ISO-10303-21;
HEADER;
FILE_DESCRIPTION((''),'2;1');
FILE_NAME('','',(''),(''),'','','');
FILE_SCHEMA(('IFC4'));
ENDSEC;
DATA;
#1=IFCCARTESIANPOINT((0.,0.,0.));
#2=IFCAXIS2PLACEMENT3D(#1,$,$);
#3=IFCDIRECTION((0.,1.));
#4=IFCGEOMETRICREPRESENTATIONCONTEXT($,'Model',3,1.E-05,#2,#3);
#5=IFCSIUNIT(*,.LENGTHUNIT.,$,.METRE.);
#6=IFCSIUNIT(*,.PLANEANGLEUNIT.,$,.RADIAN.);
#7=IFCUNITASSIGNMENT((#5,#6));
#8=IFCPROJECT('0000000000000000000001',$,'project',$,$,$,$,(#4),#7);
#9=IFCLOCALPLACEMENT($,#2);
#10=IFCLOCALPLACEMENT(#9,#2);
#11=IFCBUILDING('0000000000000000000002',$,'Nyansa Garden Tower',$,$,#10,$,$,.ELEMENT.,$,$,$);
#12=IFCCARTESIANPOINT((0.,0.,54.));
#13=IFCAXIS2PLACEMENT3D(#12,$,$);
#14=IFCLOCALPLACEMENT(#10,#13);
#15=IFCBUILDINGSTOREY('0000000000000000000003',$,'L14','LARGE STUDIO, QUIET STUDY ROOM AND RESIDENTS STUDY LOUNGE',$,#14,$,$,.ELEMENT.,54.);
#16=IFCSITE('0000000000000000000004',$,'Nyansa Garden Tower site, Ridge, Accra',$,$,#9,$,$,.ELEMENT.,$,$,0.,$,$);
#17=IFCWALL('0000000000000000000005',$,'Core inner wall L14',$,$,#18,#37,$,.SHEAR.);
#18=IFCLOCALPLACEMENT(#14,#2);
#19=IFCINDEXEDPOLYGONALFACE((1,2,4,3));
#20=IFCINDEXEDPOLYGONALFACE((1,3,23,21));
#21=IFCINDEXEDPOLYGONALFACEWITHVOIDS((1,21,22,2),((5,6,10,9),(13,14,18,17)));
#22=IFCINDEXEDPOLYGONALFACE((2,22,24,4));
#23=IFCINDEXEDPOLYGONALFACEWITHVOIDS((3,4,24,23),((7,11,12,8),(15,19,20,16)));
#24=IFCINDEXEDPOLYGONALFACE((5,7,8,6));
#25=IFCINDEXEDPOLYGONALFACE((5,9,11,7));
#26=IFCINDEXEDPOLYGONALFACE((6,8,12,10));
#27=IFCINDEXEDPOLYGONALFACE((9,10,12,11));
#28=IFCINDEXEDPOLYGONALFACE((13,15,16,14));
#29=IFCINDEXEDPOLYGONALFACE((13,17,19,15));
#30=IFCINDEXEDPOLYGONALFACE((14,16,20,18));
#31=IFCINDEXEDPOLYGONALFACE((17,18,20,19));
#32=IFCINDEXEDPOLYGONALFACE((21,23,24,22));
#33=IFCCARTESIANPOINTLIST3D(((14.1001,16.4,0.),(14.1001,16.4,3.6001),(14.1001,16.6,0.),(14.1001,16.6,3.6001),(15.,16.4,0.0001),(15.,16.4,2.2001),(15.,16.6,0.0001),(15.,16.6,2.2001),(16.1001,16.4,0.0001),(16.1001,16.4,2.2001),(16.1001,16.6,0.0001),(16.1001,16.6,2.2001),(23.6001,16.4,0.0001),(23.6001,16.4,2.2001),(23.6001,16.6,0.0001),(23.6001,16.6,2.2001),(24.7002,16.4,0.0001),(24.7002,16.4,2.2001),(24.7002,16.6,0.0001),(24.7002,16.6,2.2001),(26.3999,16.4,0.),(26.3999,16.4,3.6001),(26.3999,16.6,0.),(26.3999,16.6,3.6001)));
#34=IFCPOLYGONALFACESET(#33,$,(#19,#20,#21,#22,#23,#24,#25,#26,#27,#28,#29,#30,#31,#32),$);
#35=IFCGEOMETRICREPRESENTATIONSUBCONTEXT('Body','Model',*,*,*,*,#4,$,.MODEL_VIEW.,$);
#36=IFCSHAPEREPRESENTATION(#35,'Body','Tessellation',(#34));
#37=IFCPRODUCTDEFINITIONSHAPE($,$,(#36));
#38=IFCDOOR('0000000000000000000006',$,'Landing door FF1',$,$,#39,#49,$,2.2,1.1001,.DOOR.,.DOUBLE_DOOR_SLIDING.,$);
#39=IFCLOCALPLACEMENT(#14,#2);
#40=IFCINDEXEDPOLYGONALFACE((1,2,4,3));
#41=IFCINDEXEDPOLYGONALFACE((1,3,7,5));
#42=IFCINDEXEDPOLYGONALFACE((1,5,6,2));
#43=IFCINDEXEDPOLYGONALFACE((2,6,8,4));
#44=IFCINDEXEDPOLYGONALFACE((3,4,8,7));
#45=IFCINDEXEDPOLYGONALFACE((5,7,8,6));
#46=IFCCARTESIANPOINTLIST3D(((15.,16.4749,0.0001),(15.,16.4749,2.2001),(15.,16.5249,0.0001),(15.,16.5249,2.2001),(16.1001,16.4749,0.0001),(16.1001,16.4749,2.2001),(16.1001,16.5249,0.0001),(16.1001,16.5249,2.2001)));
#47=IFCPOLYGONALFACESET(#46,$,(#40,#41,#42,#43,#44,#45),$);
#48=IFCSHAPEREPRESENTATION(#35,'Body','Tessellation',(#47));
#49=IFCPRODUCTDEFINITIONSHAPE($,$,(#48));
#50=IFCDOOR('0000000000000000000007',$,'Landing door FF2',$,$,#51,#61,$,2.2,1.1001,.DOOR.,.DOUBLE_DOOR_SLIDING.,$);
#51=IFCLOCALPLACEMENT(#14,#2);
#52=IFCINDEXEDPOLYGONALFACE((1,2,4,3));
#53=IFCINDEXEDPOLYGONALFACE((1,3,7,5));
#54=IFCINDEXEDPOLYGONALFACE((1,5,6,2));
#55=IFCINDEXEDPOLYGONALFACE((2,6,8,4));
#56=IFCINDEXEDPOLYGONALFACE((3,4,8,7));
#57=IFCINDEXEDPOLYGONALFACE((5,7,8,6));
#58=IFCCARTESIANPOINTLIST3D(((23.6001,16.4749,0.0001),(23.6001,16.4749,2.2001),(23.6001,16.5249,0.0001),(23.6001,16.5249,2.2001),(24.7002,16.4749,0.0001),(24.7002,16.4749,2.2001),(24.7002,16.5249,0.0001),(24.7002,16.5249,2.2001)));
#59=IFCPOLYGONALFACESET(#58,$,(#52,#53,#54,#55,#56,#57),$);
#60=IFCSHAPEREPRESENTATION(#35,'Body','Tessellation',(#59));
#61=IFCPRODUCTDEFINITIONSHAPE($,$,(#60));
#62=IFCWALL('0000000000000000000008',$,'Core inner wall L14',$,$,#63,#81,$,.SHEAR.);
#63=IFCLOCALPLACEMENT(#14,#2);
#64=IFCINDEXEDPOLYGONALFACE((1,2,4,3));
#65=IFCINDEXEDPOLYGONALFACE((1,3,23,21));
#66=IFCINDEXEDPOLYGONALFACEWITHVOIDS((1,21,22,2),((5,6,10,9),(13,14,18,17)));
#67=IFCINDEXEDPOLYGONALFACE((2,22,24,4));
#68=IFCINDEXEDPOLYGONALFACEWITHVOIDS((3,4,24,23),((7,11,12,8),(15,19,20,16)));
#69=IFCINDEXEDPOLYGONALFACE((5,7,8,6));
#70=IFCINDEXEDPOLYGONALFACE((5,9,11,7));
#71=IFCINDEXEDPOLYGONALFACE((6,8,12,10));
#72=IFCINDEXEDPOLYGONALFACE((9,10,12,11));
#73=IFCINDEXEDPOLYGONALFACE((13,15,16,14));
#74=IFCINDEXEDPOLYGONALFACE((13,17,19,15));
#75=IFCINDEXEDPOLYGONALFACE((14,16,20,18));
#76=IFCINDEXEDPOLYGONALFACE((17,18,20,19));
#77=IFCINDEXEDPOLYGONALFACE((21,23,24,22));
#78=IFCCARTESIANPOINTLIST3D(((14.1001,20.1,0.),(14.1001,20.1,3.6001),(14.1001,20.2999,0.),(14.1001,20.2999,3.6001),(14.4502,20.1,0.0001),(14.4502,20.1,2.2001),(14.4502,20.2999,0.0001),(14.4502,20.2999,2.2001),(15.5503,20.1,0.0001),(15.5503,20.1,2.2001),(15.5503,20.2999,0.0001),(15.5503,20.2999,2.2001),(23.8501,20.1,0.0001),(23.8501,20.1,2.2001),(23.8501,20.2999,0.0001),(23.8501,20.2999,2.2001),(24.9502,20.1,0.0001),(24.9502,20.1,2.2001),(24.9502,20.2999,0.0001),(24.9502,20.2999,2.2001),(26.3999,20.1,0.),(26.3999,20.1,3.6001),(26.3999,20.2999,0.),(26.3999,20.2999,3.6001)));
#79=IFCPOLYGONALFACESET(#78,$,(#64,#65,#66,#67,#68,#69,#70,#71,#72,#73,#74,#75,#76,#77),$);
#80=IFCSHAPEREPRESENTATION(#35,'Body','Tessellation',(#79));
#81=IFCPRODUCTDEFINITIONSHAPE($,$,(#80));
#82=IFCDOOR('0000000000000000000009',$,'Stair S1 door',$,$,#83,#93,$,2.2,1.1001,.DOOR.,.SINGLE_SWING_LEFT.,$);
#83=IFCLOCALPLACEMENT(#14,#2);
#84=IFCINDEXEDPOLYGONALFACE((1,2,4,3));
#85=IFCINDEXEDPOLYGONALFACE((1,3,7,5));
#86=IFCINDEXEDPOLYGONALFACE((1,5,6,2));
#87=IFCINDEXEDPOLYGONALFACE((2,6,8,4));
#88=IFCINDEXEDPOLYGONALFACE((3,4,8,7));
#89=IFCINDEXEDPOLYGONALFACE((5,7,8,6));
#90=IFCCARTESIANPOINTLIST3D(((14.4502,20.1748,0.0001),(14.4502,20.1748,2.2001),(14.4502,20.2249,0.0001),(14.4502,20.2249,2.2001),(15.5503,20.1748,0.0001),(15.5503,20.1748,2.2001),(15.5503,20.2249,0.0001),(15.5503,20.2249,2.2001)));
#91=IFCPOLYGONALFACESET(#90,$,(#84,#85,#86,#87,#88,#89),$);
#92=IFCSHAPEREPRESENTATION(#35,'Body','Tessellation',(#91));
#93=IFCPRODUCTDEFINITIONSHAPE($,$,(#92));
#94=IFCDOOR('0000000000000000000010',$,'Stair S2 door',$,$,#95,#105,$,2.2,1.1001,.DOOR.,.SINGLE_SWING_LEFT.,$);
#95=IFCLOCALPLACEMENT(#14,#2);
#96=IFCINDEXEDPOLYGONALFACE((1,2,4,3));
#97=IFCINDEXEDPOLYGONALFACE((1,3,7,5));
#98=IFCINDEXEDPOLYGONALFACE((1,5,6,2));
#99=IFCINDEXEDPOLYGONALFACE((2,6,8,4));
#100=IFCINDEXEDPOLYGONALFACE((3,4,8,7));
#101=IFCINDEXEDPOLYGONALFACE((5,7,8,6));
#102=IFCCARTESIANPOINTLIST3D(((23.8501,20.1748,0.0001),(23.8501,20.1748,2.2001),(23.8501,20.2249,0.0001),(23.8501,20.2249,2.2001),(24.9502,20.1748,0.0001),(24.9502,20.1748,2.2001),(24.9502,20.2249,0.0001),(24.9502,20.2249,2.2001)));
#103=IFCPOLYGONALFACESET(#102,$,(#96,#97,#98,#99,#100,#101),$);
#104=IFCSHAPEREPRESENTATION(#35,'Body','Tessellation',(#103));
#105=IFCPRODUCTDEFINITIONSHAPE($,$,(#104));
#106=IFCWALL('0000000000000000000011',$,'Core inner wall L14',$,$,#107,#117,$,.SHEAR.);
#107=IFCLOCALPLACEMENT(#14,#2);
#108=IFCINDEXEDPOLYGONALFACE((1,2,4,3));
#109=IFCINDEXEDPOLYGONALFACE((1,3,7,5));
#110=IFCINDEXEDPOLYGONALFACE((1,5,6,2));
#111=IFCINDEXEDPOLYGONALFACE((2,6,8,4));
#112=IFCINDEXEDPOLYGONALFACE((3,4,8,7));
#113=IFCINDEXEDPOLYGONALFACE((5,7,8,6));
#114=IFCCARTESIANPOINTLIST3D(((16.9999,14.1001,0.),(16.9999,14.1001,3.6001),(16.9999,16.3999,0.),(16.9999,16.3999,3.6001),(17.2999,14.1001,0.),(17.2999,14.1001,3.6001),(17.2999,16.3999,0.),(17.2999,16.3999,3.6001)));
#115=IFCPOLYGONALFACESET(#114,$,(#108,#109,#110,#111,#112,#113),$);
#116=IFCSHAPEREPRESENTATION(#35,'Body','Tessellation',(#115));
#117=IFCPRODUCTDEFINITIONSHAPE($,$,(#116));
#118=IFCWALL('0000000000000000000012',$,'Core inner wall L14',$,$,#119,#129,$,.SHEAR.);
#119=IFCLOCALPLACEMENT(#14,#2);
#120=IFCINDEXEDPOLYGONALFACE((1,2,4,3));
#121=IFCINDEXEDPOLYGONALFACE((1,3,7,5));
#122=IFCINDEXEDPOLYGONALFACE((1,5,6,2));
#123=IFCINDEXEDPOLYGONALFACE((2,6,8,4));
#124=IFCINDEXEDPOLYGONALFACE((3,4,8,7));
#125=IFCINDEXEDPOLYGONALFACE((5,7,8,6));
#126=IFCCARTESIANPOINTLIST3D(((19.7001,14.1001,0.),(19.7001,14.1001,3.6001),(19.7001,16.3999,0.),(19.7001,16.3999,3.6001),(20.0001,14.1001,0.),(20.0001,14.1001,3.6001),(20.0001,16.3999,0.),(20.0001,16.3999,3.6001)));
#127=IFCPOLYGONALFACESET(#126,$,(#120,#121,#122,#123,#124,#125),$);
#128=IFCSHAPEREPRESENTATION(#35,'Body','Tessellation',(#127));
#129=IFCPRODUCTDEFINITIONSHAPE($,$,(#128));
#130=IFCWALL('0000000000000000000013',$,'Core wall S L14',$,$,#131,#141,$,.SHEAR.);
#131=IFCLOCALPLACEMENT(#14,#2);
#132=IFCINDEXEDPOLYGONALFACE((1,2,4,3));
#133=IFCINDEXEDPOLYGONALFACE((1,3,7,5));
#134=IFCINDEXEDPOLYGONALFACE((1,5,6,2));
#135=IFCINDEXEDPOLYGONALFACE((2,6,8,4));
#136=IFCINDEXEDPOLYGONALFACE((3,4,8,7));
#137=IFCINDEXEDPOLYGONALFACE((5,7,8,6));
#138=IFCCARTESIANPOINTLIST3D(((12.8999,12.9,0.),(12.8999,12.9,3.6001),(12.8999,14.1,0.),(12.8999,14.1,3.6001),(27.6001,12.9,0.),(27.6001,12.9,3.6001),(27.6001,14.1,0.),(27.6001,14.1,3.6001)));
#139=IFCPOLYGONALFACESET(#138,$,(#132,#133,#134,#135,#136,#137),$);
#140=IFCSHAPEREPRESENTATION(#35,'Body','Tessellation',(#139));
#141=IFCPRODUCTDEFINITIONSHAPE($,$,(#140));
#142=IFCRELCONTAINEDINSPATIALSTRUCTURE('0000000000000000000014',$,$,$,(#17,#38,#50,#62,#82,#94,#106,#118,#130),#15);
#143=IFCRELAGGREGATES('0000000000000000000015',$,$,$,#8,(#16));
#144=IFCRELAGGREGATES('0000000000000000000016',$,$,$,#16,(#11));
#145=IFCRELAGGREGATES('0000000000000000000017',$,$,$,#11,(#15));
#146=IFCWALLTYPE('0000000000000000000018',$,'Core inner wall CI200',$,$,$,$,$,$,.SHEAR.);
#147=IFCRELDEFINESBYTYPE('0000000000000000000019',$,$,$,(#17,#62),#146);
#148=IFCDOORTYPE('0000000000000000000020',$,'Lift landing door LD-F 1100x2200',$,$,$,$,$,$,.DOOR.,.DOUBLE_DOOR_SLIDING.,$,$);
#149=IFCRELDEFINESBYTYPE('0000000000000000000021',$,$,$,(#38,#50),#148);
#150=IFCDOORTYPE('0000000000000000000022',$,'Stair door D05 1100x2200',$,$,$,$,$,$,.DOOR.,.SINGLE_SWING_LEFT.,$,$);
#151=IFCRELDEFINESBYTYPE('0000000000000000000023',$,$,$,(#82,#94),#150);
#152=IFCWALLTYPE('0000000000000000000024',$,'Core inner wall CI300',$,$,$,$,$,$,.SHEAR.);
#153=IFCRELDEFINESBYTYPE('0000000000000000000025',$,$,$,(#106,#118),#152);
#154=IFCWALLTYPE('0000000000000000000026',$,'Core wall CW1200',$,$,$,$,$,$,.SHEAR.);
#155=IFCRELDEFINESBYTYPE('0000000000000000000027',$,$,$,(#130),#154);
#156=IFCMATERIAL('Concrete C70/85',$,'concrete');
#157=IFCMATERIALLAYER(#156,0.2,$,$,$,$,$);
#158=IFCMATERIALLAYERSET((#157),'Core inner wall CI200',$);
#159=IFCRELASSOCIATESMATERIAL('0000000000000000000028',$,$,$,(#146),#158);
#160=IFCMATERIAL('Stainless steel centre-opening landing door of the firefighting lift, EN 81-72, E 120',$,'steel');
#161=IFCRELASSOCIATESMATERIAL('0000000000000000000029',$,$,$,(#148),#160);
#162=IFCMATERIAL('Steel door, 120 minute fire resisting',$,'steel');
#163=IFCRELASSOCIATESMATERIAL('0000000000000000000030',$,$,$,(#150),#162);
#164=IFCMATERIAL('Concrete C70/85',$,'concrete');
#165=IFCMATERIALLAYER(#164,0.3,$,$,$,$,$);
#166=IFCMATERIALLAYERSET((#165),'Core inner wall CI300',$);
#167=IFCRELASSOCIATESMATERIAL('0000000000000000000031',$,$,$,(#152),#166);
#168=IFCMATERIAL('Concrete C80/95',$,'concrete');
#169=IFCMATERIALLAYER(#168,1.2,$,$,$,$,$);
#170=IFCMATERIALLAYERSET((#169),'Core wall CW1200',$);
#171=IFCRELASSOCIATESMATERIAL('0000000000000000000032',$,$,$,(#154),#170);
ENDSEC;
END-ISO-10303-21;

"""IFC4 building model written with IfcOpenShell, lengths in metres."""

from ifc_helpers import new_model, si_unit, direction, frame, frame_2d, origin, place, context, subcontext, project, spatial, rectangle, extrude, material, layer, layer_set, type_object, element, fill, save


model = new_model("IFC4")

# Units and contexts
model_context = context("Model", 3, precision=1e-05, world=origin(), true_north=direction((0.0, 1.0)))
body_context = subcontext(model_context, "Body", "Model", "MODEL_VIEW")
ifc_project = project(units=[si_unit("LENGTHUNIT", "METRE"), si_unit("PLANEANGLEUNIT", "RADIAN")], contexts=[model_context])

# Site, building, storey
site_placement = place(None, origin())
site = spatial("IfcSite", under=ifc_project, at=site_placement, Name="Nyansa Garden Tower site, Ridge, Accra", CompositionType="ELEMENT", RefElevation=0.0)
building_placement = place(site_placement, origin())
building = spatial("IfcBuilding", under=site, at=building_placement, Name="Nyansa Garden Tower", CompositionType="ELEMENT")
storey_placement = place(building_placement, frame((0.0, 0.0, 54.0)))
storey = spatial("IfcBuildingStorey", under=building, at=storey_placement, Name="L14", Description="LARGE STUDIO, QUIET STUDY ROOM AND RESIDENTS STUDY LOUNGE", CompositionType="ELEMENT", Elevation=54.0)

# Walls, openings, doors
ifc_material_1 = material(Name="Concrete C70/85", Category="concrete")
ifc_layer_1 = layer(ifc_material_1, 0.2)
ifc_layer_set_1 = layer_set([ifc_layer_1], Name="Core inner wall CI200")
wall_type_1 = type_object("IfcWallType", Name="Core inner wall CI200", PredefinedType="SHEAR", material=ifc_layer_set_1)
wall_1_placement = place(storey_placement, frame((14.1001, 16.5, 0.0), z_axis=(0.0, 0.0, 1.0), x_axis=(1.0, 0.0, 0.0)))
wall_1 = element("IfcWall", 1, at=wall_1_placement, inside=storey, type_object=wall_type_1, Name="Core inner wall L14", PredefinedType="SHEAR", context=body_context, shape_type="SweptSolid", body=[
    extrude(rectangle(XDim=12.2998, YDim=0.2, at=frame_2d((6.1499, 0.0))), origin(), (0.0, 0.0, 1.0), 3.6001),
])
opening_1_placement = place(wall_1_placement, frame((0.8999, 0.0, 0.0)))
opening_1 = element("IfcOpeningElement", 2, at=opening_1_placement, cuts=wall_1, PredefinedType="OPENING", context=body_context, shape_type="SweptSolid", body=[
    extrude(rectangle(XDim=1.1001, YDim=2.2, at=frame_2d((0.55, 1.1001))), frame((0.0, 0.1099, 0.0), z_axis=(0.0, -1.0, 0.0), x_axis=(1.0, 0.0, 0.0)), (0.0, 0.0, 1.0), 0.22),
])
opening_2_placement = place(wall_1_placement, frame((9.5, 0.0, 0.0)))
opening_2 = element("IfcOpeningElement", 3, at=opening_2_placement, cuts=wall_1, PredefinedType="OPENING", context=body_context, shape_type="SweptSolid", body=[
    extrude(rectangle(XDim=1.1001, YDim=2.2, at=frame_2d((0.55, 1.1001))), frame((0.0, 0.1099, 0.0), z_axis=(0.0, -1.0, 0.0), x_axis=(1.0, 0.0, 0.0)), (0.0, 0.0, 1.0), 0.22),
])
ifc_material_2 = material(Name="Stainless steel centre-opening landing door of the firefighting lift, EN 81-72, E 120", Category="steel")
door_type_1 = type_object("IfcDoorType", Name="Lift landing door LD-F 1100x2200", OperationType="DOUBLE_DOOR_SLIDING", PredefinedType="DOOR", material=ifc_material_2)
door_1_placement = place(opening_1_placement, origin())
door_1 = element("IfcDoor", 4, at=door_1_placement, inside=storey, type_object=door_type_1, Name="Landing door FF1", OperationType="DOUBLE_DOOR_SLIDING", OverallHeight=2.2, OverallWidth=1.1001, PredefinedType="DOOR", context=body_context, shape_type="SweptSolid", body=[
    extrude(rectangle(XDim=1.1001, YDim=2.2, at=frame_2d((0.55, 1.1001))), frame((0.0, 0.0249, 0.0), z_axis=(0.0, -1.0, 0.0), x_axis=(1.0, 0.0, 0.0)), (0.0, 0.0, 1.0), 0.05),
])
fill(opening_1, door_1)
door_2_placement = place(opening_2_placement, origin())
door_2 = element("IfcDoor", 5, at=door_2_placement, inside=storey, type_object=door_type_1, Name="Landing door FF2", OperationType="DOUBLE_DOOR_SLIDING", OverallHeight=2.2, OverallWidth=1.1001, PredefinedType="DOOR", context=body_context, shape_type="SweptSolid", body=[
    extrude(rectangle(XDim=1.1001, YDim=2.2, at=frame_2d((0.55, 1.1001))), frame((0.0, 0.0249, 0.0), z_axis=(0.0, -1.0, 0.0), x_axis=(1.0, 0.0, 0.0)), (0.0, 0.0, 1.0), 0.05),
])
fill(opening_2, door_2)
wall_2_placement = place(storey_placement, frame((14.1001, 20.2, 0.0), z_axis=(0.0, 0.0, 1.0), x_axis=(1.0, 0.0, 0.0)))
wall_2 = element("IfcWall", 6, at=wall_2_placement, inside=storey, type_object=wall_type_1, Name="Core inner wall L14", PredefinedType="SHEAR", context=body_context, shape_type="SweptSolid", body=[
    extrude(rectangle(XDim=12.2998, YDim=0.2, at=frame_2d((6.1499, 0.0))), origin(), (0.0, 0.0, 1.0), 3.6001),
])
opening_3_placement = place(wall_2_placement, frame((0.3501, 0.0, 0.0)))
opening_3 = element("IfcOpeningElement", 7, at=opening_3_placement, cuts=wall_2, PredefinedType="OPENING", context=body_context, shape_type="SweptSolid", body=[
    extrude(rectangle(XDim=1.1001, YDim=2.2, at=frame_2d((0.55, 1.1001))), frame((0.0, 0.1099, 0.0), z_axis=(0.0, -1.0, 0.0), x_axis=(1.0, 0.0, 0.0)), (0.0, 0.0, 1.0), 0.22),
])
opening_4_placement = place(wall_2_placement, frame((9.75, 0.0, 0.0)))
opening_4 = element("IfcOpeningElement", 8, at=opening_4_placement, cuts=wall_2, PredefinedType="OPENING", context=body_context, shape_type="SweptSolid", body=[
    extrude(rectangle(XDim=1.1001, YDim=2.2, at=frame_2d((0.55, 1.1001))), frame((0.0, 0.1099, 0.0), z_axis=(0.0, -1.0, 0.0), x_axis=(1.0, 0.0, 0.0)), (0.0, 0.0, 1.0), 0.22),
])
ifc_material_3 = material(Name="Steel door, 120 minute fire resisting", Category="steel")
door_type_2 = type_object("IfcDoorType", Name="Stair door D05 1100x2200", OperationType="SINGLE_SWING_LEFT", PredefinedType="DOOR", material=ifc_material_3)
door_3_placement = place(opening_3_placement, origin())
door_3 = element("IfcDoor", 9, at=door_3_placement, inside=storey, type_object=door_type_2, Name="Stair S1 door", OperationType="SINGLE_SWING_LEFT", OverallHeight=2.2, OverallWidth=1.1001, PredefinedType="DOOR", context=body_context, shape_type="SweptSolid", body=[
    extrude(rectangle(XDim=1.1001, YDim=2.2, at=frame_2d((0.55, 1.1001))), frame((0.0, 0.0249, 0.0), z_axis=(0.0, -1.0, 0.0), x_axis=(1.0, 0.0, 0.0)), (0.0, 0.0, 1.0), 0.05),
])
fill(opening_3, door_3)
door_4_placement = place(opening_4_placement, origin())
door_4 = element("IfcDoor", 10, at=door_4_placement, inside=storey, type_object=door_type_2, Name="Stair S2 door", OperationType="SINGLE_SWING_LEFT", OverallHeight=2.2, OverallWidth=1.1001, PredefinedType="DOOR", context=body_context, shape_type="SweptSolid", body=[
    extrude(rectangle(XDim=1.1001, YDim=2.2, at=frame_2d((0.55, 1.1001))), frame((0.0, 0.0249, 0.0), z_axis=(0.0, -1.0, 0.0), x_axis=(1.0, 0.0, 0.0)), (0.0, 0.0, 1.0), 0.05),
])
fill(opening_4, door_4)

# Walls
ifc_material_4 = material(Name="Concrete C70/85", Category="concrete")
ifc_layer_2 = layer(ifc_material_4, 0.3)
ifc_layer_set_2 = layer_set([ifc_layer_2], Name="Core inner wall CI300")
wall_type_2 = type_object("IfcWallType", Name="Core inner wall CI300", PredefinedType="SHEAR", material=ifc_layer_set_2)
for number, where, z_axis, x_axis, name in (
    (11, (17.1499, 14.1001, 0.0), (0.0, 0.0, 1.0), (0.0, 1.0, 0.0), "Core inner wall L14"),
    (12, (19.8501, 14.1001, 0.0), (0.0, 0.0, 1.0), (0.0, 1.0, 0.0), "Core inner wall L14"),
):
    element("IfcWall", number, at=place(storey_placement, frame(where, z_axis=z_axis, x_axis=x_axis)), inside=storey, type_object=wall_type_2, Name=name, PredefinedType="SHEAR", context=body_context, shape_type="SweptSolid", body=[
        extrude(rectangle(XDim=2.2998, YDim=0.3, at=frame_2d((1.1499, 0.0))), origin(), (0.0, 0.0, 1.0), 3.6001),
    ])
ifc_material_5 = material(Name="Concrete C80/95", Category="concrete")
ifc_layer_3 = layer(ifc_material_5, 1.2)
ifc_layer_set_3 = layer_set([ifc_layer_3], Name="Core wall CW1200")
wall_type_3 = type_object("IfcWallType", Name="Core wall CW1200", PredefinedType="SHEAR", material=ifc_layer_set_3)
wall_3_placement = place(storey_placement, frame((12.8999, 13.5, 0.0), z_axis=(0.0, 0.0, 1.0), x_axis=(1.0, 0.0, 0.0)))
element("IfcWall", 13, at=wall_3_placement, inside=storey, type_object=wall_type_3, Name="Core wall S L14", PredefinedType="SHEAR", context=body_context, shape_type="SweptSolid", body=[
    extrude(rectangle(XDim=14.7002, YDim=1.2, at=frame_2d((7.3501, 0.0))), origin(), (0.0, 0.0, 1.0), 3.6001),
])

save(model, "model.ifc")
